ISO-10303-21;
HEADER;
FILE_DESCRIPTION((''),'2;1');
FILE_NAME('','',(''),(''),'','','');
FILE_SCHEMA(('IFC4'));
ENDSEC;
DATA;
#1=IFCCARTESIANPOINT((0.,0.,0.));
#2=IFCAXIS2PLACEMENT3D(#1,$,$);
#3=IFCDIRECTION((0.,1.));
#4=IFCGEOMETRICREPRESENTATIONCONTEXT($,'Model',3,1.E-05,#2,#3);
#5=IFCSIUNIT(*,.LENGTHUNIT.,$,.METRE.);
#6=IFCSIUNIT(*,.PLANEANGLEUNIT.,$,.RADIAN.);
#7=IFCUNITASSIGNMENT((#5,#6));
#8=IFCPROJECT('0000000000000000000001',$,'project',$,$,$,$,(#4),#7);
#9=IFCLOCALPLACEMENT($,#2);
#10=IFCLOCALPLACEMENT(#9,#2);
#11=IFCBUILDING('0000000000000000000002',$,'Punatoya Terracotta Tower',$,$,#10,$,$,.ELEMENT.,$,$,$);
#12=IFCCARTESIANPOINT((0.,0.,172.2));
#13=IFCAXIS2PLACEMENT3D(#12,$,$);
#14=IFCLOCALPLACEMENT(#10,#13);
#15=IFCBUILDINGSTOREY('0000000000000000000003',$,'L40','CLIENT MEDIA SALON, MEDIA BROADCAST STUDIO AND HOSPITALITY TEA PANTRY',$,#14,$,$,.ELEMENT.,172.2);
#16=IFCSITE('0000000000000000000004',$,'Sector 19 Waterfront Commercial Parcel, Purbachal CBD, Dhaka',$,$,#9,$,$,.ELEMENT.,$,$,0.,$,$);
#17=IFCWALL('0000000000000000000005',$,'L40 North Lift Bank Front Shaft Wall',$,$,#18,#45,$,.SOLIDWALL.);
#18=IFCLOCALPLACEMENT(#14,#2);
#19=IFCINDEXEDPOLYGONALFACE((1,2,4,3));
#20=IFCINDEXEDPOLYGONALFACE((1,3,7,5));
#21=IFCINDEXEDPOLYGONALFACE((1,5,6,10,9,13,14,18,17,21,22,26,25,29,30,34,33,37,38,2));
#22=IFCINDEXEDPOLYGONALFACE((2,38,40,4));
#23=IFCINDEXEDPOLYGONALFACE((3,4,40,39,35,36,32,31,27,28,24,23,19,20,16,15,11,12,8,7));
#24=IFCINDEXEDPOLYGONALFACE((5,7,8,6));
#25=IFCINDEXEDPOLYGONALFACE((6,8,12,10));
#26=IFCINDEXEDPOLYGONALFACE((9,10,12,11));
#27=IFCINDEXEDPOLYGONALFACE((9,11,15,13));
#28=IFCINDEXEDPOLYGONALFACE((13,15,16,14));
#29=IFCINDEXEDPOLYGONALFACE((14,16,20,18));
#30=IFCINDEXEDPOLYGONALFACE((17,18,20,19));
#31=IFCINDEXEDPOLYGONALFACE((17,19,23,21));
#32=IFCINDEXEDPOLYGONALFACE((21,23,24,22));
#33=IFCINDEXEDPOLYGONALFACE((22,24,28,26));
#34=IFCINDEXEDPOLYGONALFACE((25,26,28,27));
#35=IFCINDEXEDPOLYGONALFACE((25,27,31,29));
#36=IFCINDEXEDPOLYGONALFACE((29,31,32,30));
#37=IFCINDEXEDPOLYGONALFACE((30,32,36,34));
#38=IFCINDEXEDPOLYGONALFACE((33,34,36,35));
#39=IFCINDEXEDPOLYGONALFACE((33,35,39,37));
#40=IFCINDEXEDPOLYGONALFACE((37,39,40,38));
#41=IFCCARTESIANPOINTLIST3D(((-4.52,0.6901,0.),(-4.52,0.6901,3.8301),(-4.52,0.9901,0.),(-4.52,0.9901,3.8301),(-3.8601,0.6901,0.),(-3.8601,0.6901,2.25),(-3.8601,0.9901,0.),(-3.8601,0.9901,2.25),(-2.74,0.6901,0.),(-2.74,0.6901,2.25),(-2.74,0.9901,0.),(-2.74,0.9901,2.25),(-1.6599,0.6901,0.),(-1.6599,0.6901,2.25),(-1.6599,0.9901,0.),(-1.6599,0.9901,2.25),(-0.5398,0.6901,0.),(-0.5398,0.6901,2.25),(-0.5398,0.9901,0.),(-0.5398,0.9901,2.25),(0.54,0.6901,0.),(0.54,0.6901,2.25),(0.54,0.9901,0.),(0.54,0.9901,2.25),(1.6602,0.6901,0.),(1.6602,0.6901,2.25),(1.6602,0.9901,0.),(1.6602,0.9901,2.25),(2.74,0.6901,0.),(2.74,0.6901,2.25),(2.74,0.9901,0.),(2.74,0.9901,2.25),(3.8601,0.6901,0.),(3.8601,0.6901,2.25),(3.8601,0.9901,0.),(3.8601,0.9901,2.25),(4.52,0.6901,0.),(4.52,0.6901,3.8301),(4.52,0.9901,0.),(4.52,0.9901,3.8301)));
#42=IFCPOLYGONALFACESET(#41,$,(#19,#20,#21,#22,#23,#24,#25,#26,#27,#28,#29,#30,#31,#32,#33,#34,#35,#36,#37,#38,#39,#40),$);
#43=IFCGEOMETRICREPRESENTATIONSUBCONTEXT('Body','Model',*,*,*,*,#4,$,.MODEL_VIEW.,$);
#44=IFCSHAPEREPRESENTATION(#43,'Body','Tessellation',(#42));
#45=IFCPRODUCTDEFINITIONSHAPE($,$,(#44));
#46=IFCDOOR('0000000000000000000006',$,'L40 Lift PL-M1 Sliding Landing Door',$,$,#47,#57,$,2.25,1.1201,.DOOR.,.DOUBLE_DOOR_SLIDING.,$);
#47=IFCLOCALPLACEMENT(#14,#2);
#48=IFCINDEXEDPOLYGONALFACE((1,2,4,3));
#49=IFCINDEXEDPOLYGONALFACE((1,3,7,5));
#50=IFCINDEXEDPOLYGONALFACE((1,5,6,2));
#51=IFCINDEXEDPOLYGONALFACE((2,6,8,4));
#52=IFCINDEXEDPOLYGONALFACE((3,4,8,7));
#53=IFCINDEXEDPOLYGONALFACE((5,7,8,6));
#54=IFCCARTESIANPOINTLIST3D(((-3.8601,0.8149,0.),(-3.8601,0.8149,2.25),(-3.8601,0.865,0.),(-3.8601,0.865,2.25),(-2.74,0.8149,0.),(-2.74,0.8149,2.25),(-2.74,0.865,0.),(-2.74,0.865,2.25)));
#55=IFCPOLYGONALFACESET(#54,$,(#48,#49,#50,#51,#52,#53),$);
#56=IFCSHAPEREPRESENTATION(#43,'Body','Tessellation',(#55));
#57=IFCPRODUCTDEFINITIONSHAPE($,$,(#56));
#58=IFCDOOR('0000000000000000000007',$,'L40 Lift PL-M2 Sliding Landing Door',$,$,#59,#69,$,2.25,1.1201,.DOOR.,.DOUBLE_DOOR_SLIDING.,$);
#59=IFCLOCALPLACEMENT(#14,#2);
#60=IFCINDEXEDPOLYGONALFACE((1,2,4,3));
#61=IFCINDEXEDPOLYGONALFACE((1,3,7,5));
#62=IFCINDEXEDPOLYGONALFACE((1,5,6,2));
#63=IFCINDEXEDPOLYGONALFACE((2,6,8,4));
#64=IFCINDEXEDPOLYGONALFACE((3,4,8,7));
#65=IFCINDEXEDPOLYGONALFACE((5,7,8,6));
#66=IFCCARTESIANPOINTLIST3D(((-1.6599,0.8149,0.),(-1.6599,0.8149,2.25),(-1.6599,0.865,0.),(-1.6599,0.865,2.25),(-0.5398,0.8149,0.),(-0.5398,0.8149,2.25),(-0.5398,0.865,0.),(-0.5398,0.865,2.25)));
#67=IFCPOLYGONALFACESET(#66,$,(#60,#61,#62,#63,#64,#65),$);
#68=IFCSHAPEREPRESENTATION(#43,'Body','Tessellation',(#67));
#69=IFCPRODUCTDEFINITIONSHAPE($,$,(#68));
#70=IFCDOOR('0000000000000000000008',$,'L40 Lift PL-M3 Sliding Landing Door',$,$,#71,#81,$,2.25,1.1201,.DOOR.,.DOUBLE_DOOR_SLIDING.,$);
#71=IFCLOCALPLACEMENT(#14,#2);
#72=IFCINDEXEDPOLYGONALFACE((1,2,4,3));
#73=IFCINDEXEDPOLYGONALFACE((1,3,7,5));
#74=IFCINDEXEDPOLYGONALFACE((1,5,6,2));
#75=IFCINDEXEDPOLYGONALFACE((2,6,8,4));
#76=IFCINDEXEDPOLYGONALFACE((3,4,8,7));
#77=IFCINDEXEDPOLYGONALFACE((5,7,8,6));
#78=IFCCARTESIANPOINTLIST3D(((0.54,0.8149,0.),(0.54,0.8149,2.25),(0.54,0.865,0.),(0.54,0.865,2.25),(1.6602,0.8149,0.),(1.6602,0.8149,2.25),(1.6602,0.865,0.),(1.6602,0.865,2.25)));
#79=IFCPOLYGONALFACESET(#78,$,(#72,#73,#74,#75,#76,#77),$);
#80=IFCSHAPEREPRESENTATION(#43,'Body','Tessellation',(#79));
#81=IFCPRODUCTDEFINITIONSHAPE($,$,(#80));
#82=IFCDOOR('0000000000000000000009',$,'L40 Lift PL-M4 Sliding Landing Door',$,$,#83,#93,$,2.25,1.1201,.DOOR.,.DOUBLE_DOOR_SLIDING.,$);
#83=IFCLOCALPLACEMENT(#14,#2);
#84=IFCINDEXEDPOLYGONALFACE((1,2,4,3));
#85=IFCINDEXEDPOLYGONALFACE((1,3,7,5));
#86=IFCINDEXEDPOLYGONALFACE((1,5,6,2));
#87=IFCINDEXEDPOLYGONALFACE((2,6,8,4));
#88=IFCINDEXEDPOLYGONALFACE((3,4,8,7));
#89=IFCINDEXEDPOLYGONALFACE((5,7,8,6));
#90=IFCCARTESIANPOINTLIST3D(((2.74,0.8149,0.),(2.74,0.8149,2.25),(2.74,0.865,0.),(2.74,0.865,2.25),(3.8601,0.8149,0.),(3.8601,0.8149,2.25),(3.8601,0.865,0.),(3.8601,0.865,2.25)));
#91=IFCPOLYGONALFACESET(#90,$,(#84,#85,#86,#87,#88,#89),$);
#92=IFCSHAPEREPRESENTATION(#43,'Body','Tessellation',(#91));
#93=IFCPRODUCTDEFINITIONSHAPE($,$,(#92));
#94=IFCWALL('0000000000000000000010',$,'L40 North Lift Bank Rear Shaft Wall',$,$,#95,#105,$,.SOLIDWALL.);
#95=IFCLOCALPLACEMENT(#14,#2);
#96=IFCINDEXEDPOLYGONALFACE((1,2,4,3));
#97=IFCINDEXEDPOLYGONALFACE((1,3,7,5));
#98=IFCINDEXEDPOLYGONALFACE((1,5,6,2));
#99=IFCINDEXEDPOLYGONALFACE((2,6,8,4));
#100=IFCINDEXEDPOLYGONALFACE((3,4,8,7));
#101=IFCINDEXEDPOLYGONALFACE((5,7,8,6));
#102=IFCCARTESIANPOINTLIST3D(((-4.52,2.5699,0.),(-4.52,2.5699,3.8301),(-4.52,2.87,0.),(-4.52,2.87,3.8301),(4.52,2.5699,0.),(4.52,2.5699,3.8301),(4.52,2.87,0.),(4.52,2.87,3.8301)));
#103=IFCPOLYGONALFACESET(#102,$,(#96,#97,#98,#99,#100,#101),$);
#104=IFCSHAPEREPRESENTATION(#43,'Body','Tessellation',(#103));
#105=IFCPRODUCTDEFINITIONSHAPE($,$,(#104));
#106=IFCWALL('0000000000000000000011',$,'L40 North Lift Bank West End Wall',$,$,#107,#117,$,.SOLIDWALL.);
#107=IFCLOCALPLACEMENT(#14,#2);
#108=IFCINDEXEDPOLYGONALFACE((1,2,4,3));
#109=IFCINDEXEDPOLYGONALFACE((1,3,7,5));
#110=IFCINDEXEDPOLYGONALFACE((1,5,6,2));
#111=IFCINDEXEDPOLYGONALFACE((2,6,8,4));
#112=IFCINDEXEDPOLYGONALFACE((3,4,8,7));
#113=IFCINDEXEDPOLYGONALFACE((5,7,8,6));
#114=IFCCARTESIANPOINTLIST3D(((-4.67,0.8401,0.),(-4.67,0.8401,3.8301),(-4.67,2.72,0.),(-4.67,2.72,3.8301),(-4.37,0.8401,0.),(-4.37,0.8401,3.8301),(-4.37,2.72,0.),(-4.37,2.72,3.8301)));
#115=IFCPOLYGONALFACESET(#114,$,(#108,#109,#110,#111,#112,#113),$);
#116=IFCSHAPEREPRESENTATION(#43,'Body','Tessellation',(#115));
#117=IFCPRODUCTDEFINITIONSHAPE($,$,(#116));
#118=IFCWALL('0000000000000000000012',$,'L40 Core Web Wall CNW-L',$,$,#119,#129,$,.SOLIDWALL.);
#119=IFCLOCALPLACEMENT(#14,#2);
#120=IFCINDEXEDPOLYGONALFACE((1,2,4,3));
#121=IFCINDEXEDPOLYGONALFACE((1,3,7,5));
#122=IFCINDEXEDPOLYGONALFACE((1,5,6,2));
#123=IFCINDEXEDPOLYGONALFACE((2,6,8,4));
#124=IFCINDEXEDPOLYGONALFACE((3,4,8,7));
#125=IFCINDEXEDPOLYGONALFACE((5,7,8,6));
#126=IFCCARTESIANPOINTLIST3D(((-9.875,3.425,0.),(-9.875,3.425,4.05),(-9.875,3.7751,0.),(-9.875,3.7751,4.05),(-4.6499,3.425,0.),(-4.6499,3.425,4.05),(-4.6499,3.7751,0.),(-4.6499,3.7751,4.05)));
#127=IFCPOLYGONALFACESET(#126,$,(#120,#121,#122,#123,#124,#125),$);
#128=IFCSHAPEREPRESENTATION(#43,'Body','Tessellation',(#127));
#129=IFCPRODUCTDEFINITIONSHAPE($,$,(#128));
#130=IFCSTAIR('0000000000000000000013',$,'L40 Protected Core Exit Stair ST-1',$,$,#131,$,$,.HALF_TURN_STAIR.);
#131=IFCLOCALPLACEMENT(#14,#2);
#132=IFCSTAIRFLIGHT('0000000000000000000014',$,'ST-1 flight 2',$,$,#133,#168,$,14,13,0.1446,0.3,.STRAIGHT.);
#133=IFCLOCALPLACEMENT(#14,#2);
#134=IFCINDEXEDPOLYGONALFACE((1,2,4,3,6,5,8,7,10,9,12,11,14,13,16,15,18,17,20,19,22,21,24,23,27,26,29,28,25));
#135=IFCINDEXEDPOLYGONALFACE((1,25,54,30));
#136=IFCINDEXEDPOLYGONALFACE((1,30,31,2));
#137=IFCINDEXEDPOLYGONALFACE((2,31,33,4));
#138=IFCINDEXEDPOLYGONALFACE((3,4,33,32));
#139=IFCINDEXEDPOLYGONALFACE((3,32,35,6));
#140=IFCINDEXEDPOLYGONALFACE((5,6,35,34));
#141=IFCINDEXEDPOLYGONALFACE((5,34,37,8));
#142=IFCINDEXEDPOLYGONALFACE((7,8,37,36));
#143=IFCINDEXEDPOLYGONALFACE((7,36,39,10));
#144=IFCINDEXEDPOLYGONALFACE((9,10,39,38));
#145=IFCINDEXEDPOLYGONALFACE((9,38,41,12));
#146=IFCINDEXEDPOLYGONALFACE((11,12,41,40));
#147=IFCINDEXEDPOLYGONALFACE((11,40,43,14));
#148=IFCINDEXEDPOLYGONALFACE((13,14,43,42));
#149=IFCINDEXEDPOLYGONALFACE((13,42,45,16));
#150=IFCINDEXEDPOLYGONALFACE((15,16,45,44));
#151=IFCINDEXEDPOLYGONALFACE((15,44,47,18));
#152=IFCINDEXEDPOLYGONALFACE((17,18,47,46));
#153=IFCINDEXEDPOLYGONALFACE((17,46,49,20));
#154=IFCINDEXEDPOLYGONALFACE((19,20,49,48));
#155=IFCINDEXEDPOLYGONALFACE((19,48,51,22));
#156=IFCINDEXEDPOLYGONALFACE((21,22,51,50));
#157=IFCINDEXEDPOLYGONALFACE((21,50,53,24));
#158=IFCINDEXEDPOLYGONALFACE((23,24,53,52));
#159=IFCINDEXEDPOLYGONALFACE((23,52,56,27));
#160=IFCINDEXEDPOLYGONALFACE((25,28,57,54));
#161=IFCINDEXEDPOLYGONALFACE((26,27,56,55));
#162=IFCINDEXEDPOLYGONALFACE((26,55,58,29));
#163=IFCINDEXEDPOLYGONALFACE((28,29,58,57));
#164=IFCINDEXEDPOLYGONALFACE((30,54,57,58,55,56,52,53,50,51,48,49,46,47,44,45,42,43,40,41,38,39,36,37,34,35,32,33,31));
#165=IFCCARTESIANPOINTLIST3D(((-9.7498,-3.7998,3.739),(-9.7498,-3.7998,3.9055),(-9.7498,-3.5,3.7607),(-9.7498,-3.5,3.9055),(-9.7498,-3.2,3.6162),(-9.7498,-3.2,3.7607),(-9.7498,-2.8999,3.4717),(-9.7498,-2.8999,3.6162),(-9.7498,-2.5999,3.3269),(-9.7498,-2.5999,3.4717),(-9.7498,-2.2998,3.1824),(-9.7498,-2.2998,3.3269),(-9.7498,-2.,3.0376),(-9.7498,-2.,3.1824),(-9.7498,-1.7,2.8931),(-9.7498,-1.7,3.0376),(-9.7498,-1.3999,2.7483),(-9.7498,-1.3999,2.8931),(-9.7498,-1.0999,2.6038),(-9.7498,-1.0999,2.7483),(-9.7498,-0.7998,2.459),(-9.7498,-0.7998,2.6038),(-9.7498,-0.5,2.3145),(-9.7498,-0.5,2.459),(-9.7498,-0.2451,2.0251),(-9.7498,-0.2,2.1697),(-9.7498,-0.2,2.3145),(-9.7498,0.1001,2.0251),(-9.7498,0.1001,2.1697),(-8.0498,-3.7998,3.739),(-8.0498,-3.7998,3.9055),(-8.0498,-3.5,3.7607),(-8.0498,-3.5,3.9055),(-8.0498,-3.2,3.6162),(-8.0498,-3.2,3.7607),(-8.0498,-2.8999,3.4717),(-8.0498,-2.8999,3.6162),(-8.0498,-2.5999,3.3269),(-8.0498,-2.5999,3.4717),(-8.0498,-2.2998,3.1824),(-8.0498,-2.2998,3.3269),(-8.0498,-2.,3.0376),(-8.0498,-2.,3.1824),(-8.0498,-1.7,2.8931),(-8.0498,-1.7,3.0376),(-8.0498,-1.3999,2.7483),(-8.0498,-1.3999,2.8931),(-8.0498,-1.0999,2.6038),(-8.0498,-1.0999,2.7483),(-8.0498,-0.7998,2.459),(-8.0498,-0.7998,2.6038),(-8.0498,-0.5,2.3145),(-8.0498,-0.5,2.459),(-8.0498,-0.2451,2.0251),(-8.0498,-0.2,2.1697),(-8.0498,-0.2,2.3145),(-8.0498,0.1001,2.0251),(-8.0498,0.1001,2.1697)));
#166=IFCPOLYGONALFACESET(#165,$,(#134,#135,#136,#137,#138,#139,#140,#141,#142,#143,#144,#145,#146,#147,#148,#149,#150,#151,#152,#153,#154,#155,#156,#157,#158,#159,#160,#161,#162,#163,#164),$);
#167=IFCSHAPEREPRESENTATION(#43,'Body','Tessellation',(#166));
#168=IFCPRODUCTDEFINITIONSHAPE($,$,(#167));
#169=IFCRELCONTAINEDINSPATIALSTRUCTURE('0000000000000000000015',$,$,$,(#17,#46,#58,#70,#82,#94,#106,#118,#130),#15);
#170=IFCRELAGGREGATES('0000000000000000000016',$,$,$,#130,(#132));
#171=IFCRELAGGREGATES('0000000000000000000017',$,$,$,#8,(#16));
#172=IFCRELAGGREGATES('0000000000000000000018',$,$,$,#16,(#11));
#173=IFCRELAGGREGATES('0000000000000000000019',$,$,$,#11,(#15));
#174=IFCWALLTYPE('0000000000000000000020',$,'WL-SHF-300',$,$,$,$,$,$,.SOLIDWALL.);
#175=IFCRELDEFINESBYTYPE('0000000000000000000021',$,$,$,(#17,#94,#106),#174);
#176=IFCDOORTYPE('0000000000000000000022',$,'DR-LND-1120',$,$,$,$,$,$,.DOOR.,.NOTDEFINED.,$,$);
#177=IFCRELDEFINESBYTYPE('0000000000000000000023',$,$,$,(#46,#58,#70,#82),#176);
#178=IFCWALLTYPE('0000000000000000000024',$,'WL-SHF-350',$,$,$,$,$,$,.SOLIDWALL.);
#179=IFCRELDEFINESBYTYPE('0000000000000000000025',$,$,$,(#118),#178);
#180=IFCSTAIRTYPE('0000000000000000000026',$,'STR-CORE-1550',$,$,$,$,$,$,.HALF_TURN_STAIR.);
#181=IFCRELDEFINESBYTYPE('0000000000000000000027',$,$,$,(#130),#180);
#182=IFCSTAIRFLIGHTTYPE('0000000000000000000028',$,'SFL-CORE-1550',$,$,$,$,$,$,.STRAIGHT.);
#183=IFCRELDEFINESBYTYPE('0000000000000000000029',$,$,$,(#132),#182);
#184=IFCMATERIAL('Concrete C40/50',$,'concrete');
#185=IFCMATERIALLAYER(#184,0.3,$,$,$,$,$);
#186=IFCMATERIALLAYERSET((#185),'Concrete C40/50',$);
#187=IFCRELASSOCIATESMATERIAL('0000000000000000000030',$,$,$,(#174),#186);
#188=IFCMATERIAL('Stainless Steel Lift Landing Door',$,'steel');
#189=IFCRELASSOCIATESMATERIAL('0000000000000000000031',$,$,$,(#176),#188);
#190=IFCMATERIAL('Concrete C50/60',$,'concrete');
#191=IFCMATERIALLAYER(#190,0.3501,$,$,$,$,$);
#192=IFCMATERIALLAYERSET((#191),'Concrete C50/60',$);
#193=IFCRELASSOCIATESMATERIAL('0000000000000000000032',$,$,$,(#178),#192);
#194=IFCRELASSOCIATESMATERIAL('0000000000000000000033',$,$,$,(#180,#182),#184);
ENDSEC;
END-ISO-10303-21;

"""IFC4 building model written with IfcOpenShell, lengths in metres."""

from ifc_helpers import new_model, si_unit, direction, frame, frame_2d, origin, place, context, subcontext, project, spatial, polyline, rectangle, outline, extrude, material, layer, layer_set, type_object, element, fill, aggregate, save


model = new_model("IFC4")

# Units and contexts
model_context = context("Model", 3, precision=1e-05, world=origin(), true_north=direction((0.0, 1.0)))
body_context = subcontext(model_context, "Body", "Model", "MODEL_VIEW")
ifc_project = project(units=[si_unit("LENGTHUNIT", "METRE"), si_unit("PLANEANGLEUNIT", "RADIAN")], contexts=[model_context])

# Site, building, storey
site_placement = place(None, origin())
site = spatial("IfcSite", under=ifc_project, at=site_placement, Name="Sector 19 Waterfront Commercial Parcel, Purbachal CBD, Dhaka", CompositionType="ELEMENT", RefElevation=0.0)
building_placement = place(site_placement, origin())
building = spatial("IfcBuilding", under=site, at=building_placement, Name="Punatoya Terracotta Tower", CompositionType="ELEMENT")
storey_placement = place(building_placement, frame((0.0, 0.0, 172.2)))
storey = spatial("IfcBuildingStorey", under=building, at=storey_placement, Name="L40", Description="CLIENT MEDIA SALON, MEDIA BROADCAST STUDIO AND HOSPITALITY TEA PANTRY", CompositionType="ELEMENT", Elevation=172.2)

# Shared definitions
ifc_material_1 = material(Name="Concrete C40/50", Category="concrete")

# Shared definitions
ifc_layer_1 = layer(ifc_material_1, 0.3)
ifc_layer_set_1 = layer_set([ifc_layer_1], Name="Concrete C40/50")
wall_type_1 = type_object("IfcWallType", Name="WL-SHF-300", PredefinedType="SOLIDWALL", material=ifc_layer_set_1)

# Wall, openings, doors
wall_1_placement = place(storey_placement, frame((-4.52, 0.8401, 0.0), z_axis=(0.0, 0.0, 1.0), x_axis=(1.0, 0.0, 0.0)))
wall_1 = element("IfcWall", 1, at=wall_1_placement, inside=storey, type_object=wall_type_1, Name="L40 North Lift Bank Front Shaft Wall", PredefinedType="SOLIDWALL", context=body_context, shape_type="SweptSolid", body=[
    extrude(rectangle(XDim=9.04, YDim=0.3, at=frame_2d((4.52, 0.0))), origin(), (0.0, 0.0, 1.0), 3.8301),
])
opening_1_placement = place(wall_1_placement, frame((0.6599, 0.0, 0.0)))
opening_1 = element("IfcOpeningElement", 2, at=opening_1_placement, cuts=wall_1, PredefinedType="OPENING", context=body_context, shape_type="SweptSolid", body=[
    extrude(rectangle(XDim=1.1201, YDim=2.25, at=frame_2d((0.5601, 1.125))), frame((0.0, 0.1599, 0.0), z_axis=(0.0, -1.0, 0.0), x_axis=(1.0, 0.0, 0.0)), (0.0, 0.0, 1.0), 0.3201),
])
opening_2_placement = place(wall_1_placement, frame((2.8601, 0.0, 0.0)))
opening_2 = element("IfcOpeningElement", 3, at=opening_2_placement, cuts=wall_1, PredefinedType="OPENING", context=body_context, shape_type="SweptSolid", body=[
    extrude(rectangle(XDim=1.1201, YDim=2.25, at=frame_2d((0.5601, 1.125))), frame((0.0, 0.1599, 0.0), z_axis=(0.0, -1.0, 0.0), x_axis=(1.0, 0.0, 0.0)), (0.0, 0.0, 1.0), 0.3201),
])
opening_3_placement = place(wall_1_placement, frame((5.0601, 0.0, 0.0)))
opening_3 = element("IfcOpeningElement", 4, at=opening_3_placement, cuts=wall_1, PredefinedType="OPENING", context=body_context, shape_type="SweptSolid", body=[
    extrude(rectangle(XDim=1.1201, YDim=2.25, at=frame_2d((0.5601, 1.125))), frame((0.0, 0.1599, 0.0), z_axis=(0.0, -1.0, 0.0), x_axis=(1.0, 0.0, 0.0)), (0.0, 0.0, 1.0), 0.3201),
])
opening_4_placement = place(wall_1_placement, frame((7.26, 0.0, 0.0)))
opening_4 = element("IfcOpeningElement", 5, at=opening_4_placement, cuts=wall_1, PredefinedType="OPENING", context=body_context, shape_type="SweptSolid", body=[
    extrude(rectangle(XDim=1.1201, YDim=2.25, at=frame_2d((0.5601, 1.125))), frame((0.0, 0.1599, 0.0), z_axis=(0.0, -1.0, 0.0), x_axis=(1.0, 0.0, 0.0)), (0.0, 0.0, 1.0), 0.3201),
])
ifc_material_2 = material(Name="Stainless Steel Lift Landing Door", Category="steel")
door_type_1 = type_object("IfcDoorType", Name="DR-LND-1120", OperationType="NOTDEFINED", PredefinedType="DOOR", material=ifc_material_2)
door_1_placement = place(opening_1_placement, origin())
door_1 = element("IfcDoor", 6, at=door_1_placement, inside=storey, type_object=door_type_1, Name="L40 Lift PL-M1 Sliding Landing Door", OperationType="DOUBLE_DOOR_SLIDING", OverallHeight=2.25, OverallWidth=1.1201, PredefinedType="DOOR", context=body_context, shape_type="SweptSolid", body=[
    extrude(rectangle(XDim=1.1201, YDim=2.25, at=frame_2d((0.5601, 1.125))), frame((0.0, 0.0249, 0.0), z_axis=(0.0, -1.0, 0.0), x_axis=(1.0, 0.0, 0.0)), (0.0, 0.0, 1.0), 0.05),
])
fill(opening_1, door_1)
door_2_placement = place(opening_2_placement, origin())
door_2 = element("IfcDoor", 7, at=door_2_placement, inside=storey, type_object=door_type_1, Name="L40 Lift PL-M2 Sliding Landing Door", OperationType="DOUBLE_DOOR_SLIDING", OverallHeight=2.25, OverallWidth=1.1201, PredefinedType="DOOR", context=body_context, shape_type="SweptSolid", body=[
    extrude(rectangle(XDim=1.1201, YDim=2.25, at=frame_2d((0.5601, 1.125))), frame((0.0, 0.0249, 0.0), z_axis=(0.0, -1.0, 0.0), x_axis=(1.0, 0.0, 0.0)), (0.0, 0.0, 1.0), 0.05),
])
fill(opening_2, door_2)
door_3_placement = place(opening_3_placement, origin())
door_3 = element("IfcDoor", 8, at=door_3_placement, inside=storey, type_object=door_type_1, Name="L40 Lift PL-M3 Sliding Landing Door", OperationType="DOUBLE_DOOR_SLIDING", OverallHeight=2.25, OverallWidth=1.1201, PredefinedType="DOOR", context=body_context, shape_type="SweptSolid", body=[
    extrude(rectangle(XDim=1.1201, YDim=2.25, at=frame_2d((0.5601, 1.125))), frame((0.0, 0.0249, 0.0), z_axis=(0.0, -1.0, 0.0), x_axis=(1.0, 0.0, 0.0)), (0.0, 0.0, 1.0), 0.05),
])
fill(opening_3, door_3)
door_4_placement = place(opening_4_placement, origin())
door_4 = element("IfcDoor", 9, at=door_4_placement, inside=storey, type_object=door_type_1, Name="L40 Lift PL-M4 Sliding Landing Door", OperationType="DOUBLE_DOOR_SLIDING", OverallHeight=2.25, OverallWidth=1.1201, PredefinedType="DOOR", context=body_context, shape_type="SweptSolid", body=[
    extrude(rectangle(XDim=1.1201, YDim=2.25, at=frame_2d((0.5601, 1.125))), frame((0.0, 0.0249, 0.0), z_axis=(0.0, -1.0, 0.0), x_axis=(1.0, 0.0, 0.0)), (0.0, 0.0, 1.0), 0.05),
])
fill(opening_4, door_4)

# Walls
wall_2_placement = place(storey_placement, frame((-4.52, 2.72, 0.0), z_axis=(0.0, 0.0, 1.0), x_axis=(1.0, 0.0, 0.0)))
element("IfcWall", 10, at=wall_2_placement, inside=storey, type_object=wall_type_1, Name="L40 North Lift Bank Rear Shaft Wall", PredefinedType="SOLIDWALL", context=body_context, shape_type="SweptSolid", body=[
    extrude(rectangle(XDim=9.04, YDim=0.3, at=frame_2d((4.52, 0.0))), origin(), (0.0, 0.0, 1.0), 3.8301),
])
wall_3_placement = place(storey_placement, frame((-4.52, 0.8401, 0.0), z_axis=(0.0, 0.0, 1.0), x_axis=(0.0, 1.0, 0.0)))
element("IfcWall", 11, at=wall_3_placement, inside=storey, type_object=wall_type_1, Name="L40 North Lift Bank West End Wall", PredefinedType="SOLIDWALL", context=body_context, shape_type="SweptSolid", body=[
    extrude(rectangle(XDim=1.8799, YDim=0.3, at=frame_2d((0.9399, 0.0))), origin(), (0.0, 0.0, 1.0), 3.8301),
])
ifc_material_3 = material(Name="Concrete C50/60", Category="concrete")
ifc_layer_2 = layer(ifc_material_3, 0.3501)
ifc_layer_set_2 = layer_set([ifc_layer_2], Name="Concrete C50/60")
wall_type_2 = type_object("IfcWallType", Name="WL-SHF-350", PredefinedType="SOLIDWALL", material=ifc_layer_set_2)
wall_4_placement = place(storey_placement, frame((-9.875, 3.6001, 0.0), z_axis=(0.0, 0.0, 1.0), x_axis=(1.0, 0.0, 0.0)))
element("IfcWall", 12, at=wall_4_placement, inside=storey, type_object=wall_type_2, Name="L40 Core Web Wall CNW-L", PredefinedType="SOLIDWALL", context=body_context, shape_type="SweptSolid", body=[
    extrude(rectangle(XDim=5.2251, YDim=0.3501, at=frame_2d((2.6125, 0.0))), origin(), (0.0, 0.0, 1.0), 4.05),
])

# Stair, stair flight
stair_type = type_object("IfcStairType", Name="STR-CORE-1550", PredefinedType="HALF_TURN_STAIR", material=ifc_material_1)
stair_placement = place(storey_placement, origin())
stair = element("IfcStair", 13, at=stair_placement, inside=storey, type_object=stair_type, Name="L40 Protected Core Exit Stair ST-1", PredefinedType="HALF_TURN_STAIR")
stair_flight_type = type_object("IfcStairFlightType", Name="SFL-CORE-1550", PredefinedType="STRAIGHT", material=ifc_material_1)
stair_flight_placement = place(storey_placement, frame((-8.8999, 0.1001, 2.0251), z_axis=(0.0, 0.0, 1.0), x_axis=(0.0, -1.0, 0.0)))
stair_flight = element("IfcStairFlight", 14, at=stair_flight_placement, type_object=stair_flight_type, Name="ST-1 flight 2", NumberOfRisers=14, NumberOfTreads=13, PredefinedType="STRAIGHT", RiserHeight=0.1446, TreadLength=0.3, context=body_context, shape_type="SweptSolid", body=[
    extrude(outline(polyline([(0.0, 0.0), (0.0, 0.1445), (0.3, 0.1445), (0.3, 0.2893), (0.6001, 0.2893), (0.6001, 0.4338), (0.8999, 0.4338), (0.8999, 0.5786), (1.2, 0.5786), (1.2, 0.7231), (1.5, 0.7231), (1.5, 0.8679), (1.8, 0.8679), (1.8, 1.0125), (2.1001, 1.0125), (2.1001, 1.1572), (2.3999, 1.1572), (2.3999, 1.3018), (2.7, 1.3018), (2.7, 1.4465), (3.0, 1.4465), (3.0, 1.5911), (3.3, 1.5911), (3.3, 1.7356), (3.6001, 1.7356), (3.6001, 1.8804), (3.8999, 1.8804), (3.8999, 2.0249), (3.8999, 1.7139), (0.3452, 0.0), (0.0, 0.0)])), frame((0.0, 0.8501, 0.0), z_axis=(0.0, -1.0, 0.0), x_axis=(1.0, 0.0, 0.0)), (0.0, 0.0, 1.0), 1.7),
])
aggregate(stair, [stair_flight])

save(model, "model.ifc")
